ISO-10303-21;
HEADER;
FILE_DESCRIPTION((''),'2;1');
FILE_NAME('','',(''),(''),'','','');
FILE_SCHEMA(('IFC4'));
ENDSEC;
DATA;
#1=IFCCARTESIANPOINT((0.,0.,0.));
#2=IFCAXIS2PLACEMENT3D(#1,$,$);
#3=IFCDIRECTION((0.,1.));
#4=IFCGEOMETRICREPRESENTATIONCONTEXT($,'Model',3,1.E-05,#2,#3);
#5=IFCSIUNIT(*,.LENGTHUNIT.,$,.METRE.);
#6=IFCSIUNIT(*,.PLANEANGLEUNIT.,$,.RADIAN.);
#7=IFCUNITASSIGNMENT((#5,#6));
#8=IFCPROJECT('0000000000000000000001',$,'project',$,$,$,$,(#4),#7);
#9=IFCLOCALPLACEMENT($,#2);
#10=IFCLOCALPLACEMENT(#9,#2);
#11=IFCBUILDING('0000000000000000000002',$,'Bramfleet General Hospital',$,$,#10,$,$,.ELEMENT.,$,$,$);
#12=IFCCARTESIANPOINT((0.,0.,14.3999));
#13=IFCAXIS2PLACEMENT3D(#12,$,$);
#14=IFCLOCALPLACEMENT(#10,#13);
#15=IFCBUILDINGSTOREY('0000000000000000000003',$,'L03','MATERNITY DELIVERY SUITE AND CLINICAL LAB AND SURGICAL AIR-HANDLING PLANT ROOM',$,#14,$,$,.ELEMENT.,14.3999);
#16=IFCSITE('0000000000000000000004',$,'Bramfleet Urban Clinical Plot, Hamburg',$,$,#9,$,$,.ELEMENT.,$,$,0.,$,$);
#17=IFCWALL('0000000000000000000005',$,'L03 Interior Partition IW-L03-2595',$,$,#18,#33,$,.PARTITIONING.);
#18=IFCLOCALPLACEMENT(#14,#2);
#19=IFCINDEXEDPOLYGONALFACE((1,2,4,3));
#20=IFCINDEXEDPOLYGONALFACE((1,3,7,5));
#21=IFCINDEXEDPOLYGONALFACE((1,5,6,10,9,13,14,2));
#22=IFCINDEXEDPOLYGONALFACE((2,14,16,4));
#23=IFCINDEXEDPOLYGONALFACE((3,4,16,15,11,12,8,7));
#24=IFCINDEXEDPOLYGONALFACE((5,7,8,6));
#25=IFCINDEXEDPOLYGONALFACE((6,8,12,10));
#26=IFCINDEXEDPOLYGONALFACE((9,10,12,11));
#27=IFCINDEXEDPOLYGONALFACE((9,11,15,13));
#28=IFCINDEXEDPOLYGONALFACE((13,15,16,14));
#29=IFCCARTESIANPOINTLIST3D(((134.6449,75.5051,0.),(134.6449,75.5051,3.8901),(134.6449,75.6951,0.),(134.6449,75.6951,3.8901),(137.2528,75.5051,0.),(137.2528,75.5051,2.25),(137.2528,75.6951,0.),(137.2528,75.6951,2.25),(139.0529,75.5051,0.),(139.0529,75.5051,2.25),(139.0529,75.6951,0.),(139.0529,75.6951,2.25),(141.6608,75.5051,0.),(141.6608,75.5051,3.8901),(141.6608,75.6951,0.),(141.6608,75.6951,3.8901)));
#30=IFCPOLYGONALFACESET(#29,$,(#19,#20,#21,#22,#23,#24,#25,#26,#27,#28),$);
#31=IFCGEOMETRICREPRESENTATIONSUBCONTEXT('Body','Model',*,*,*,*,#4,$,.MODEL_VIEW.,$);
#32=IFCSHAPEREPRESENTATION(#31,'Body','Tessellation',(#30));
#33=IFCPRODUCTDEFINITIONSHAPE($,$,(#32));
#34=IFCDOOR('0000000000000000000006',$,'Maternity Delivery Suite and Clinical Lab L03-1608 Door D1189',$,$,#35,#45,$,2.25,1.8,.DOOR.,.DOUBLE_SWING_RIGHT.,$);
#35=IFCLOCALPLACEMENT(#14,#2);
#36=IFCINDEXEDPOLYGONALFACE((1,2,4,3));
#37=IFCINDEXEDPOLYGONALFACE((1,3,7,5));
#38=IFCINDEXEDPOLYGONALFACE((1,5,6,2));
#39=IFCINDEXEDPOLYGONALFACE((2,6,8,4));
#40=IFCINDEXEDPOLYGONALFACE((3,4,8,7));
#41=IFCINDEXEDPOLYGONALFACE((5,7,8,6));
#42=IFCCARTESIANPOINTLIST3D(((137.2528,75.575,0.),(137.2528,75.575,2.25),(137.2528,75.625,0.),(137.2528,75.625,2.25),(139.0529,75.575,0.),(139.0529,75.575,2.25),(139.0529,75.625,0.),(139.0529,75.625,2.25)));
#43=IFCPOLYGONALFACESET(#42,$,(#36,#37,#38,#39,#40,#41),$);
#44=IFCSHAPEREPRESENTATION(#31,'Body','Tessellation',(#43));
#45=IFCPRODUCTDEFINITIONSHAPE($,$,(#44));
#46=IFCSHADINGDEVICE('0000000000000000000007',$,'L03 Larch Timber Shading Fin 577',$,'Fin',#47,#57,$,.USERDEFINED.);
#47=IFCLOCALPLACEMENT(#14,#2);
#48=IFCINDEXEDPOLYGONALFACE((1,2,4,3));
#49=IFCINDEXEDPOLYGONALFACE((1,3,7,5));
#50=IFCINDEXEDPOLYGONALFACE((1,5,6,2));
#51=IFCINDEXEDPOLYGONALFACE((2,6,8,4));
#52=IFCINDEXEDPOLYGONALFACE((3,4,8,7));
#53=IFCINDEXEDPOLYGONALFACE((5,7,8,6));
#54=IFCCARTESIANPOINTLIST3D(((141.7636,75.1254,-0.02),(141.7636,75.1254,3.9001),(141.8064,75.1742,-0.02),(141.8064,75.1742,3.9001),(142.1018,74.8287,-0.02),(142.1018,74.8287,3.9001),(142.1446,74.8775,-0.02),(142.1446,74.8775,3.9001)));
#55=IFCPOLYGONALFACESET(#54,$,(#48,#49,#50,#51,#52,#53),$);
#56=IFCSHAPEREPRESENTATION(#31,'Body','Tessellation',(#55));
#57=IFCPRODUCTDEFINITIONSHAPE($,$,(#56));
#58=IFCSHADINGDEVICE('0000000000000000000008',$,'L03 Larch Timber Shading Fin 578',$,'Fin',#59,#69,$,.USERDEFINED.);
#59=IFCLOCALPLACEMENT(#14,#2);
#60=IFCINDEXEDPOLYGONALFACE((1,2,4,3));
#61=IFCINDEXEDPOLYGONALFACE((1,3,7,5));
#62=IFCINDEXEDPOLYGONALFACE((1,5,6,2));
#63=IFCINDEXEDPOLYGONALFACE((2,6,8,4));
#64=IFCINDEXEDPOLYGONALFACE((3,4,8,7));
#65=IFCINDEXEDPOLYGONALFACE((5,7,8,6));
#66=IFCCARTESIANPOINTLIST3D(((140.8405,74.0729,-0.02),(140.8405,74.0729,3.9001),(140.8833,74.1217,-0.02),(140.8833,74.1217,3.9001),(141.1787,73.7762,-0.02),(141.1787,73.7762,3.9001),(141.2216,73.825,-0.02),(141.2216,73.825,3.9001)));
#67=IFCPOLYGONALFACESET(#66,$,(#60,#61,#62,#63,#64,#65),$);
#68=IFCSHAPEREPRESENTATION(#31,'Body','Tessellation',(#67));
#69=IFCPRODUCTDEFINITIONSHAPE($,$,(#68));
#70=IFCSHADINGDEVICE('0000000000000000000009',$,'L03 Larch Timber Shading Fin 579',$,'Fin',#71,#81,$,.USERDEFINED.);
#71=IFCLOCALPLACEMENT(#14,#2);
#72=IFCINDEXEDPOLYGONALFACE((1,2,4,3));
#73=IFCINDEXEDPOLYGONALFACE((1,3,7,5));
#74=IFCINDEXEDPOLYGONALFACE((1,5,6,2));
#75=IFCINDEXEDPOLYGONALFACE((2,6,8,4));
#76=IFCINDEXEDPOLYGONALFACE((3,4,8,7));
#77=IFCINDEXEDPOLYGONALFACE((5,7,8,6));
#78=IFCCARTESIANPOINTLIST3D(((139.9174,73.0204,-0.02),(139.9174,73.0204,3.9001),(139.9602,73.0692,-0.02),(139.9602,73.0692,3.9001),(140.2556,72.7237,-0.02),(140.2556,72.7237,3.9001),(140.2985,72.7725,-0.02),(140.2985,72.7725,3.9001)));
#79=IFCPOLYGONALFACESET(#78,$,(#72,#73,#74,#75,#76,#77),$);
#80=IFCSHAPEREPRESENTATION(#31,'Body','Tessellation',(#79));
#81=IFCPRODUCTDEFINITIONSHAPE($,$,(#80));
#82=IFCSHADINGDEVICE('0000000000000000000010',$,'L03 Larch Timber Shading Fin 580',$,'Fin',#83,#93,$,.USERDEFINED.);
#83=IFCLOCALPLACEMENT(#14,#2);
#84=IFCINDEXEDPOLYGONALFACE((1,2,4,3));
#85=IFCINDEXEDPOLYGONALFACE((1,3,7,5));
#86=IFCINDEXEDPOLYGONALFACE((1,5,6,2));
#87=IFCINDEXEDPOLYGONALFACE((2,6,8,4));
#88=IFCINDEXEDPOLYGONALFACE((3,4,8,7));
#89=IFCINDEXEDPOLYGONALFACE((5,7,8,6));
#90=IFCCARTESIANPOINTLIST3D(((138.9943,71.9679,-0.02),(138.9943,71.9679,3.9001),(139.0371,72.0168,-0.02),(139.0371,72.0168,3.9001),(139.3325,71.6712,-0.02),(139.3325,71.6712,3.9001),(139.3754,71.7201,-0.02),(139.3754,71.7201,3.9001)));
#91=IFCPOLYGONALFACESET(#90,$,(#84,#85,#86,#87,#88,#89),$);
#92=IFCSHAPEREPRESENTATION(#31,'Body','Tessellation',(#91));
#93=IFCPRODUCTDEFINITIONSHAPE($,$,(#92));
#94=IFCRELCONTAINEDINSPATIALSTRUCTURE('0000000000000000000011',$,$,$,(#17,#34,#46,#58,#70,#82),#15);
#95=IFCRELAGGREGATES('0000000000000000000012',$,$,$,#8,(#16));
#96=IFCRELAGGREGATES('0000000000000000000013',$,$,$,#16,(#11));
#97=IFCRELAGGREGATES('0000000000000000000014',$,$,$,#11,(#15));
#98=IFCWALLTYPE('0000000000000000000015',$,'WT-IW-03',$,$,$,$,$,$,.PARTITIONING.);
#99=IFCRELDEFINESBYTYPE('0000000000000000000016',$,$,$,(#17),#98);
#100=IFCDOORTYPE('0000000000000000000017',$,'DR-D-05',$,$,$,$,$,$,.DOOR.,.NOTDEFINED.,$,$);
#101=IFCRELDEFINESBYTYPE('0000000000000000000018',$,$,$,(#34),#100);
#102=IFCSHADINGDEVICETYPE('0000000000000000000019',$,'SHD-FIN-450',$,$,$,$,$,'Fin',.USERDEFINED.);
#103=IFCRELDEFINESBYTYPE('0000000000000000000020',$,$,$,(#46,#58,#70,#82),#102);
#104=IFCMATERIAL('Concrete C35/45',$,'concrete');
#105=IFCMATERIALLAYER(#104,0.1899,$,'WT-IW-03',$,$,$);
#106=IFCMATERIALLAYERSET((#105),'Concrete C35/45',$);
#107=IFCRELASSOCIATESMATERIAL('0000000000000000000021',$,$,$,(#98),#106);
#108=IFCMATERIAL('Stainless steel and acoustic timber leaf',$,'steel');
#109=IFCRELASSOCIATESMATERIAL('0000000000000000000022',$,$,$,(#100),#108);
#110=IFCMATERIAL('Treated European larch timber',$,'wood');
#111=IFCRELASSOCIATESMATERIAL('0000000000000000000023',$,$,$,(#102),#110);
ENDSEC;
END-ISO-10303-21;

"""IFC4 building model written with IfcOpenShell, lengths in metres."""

from ifc_helpers import new_model, si_unit, direction, frame, frame_2d, origin, origin_2d, place, context, subcontext, project, spatial, rectangle, extrude, material, layer, layer_set, material_profile, profile_set, type_object, element, fill, save


model = new_model("IFC4")

# Units and contexts
model_context = context("Model", 3, precision=1e-05, world=origin(), true_north=direction((0.0, 1.0)))
body_context = subcontext(model_context, "Body", "Model", "MODEL_VIEW")
ifc_project = project(units=[si_unit("LENGTHUNIT", "METRE"), si_unit("PLANEANGLEUNIT", "RADIAN")], contexts=[model_context])

# Site, building, storey
site_placement = place(None, origin())
site = spatial("IfcSite", under=ifc_project, at=site_placement, Name="Bramfleet Urban Clinical Plot, Hamburg", CompositionType="ELEMENT", RefElevation=0.0)
building_placement = place(site_placement, origin())
building = spatial("IfcBuilding", under=site, at=building_placement, Name="Bramfleet General Hospital", CompositionType="ELEMENT")
storey_placement = place(building_placement, frame((0.0, 0.0, 14.3999)))
storey = spatial("IfcBuildingStorey", under=building, at=storey_placement, Name="L03", Description="MATERNITY DELIVERY SUITE AND CLINICAL LAB AND SURGICAL AIR-HANDLING PLANT ROOM", CompositionType="ELEMENT", Elevation=14.3999)

# Wall, opening, door
ifc_material_1 = material(Name="Concrete C35/45", Category="concrete")
ifc_layer_1 = layer(ifc_material_1, 0.1899, Name="WT-IW-03")
ifc_layer_set_1 = layer_set([ifc_layer_1], Name="Concrete C35/45")
wall_type = type_object("IfcWallType", Name="WT-IW-03", PredefinedType="PARTITIONING", material=ifc_layer_set_1)
wall_placement = place(storey_placement, frame((134.645, 75.6001, 0.0), z_axis=(0.0, 0.0, 1.0), x_axis=(1.0, 0.0, 0.0)))
wall = element("IfcWall", 1, at=wall_placement, inside=storey, type_object=wall_type, Name="L03 Interior Partition IW-L03-2595", PredefinedType="PARTITIONING", context=body_context, shape_type="SweptSolid", body=[
    extrude(rectangle(XDim=7.0159, YDim=0.1899, at=frame_2d((3.5078, 0.0))), origin(), (0.0, 0.0, 1.0), 3.8901),
])
opening_placement = place(wall_placement, frame((2.6079, 0.0, 0.0)))
opening = element("IfcOpeningElement", 2, at=opening_placement, cuts=wall, PredefinedType="OPENING", context=body_context, shape_type="SweptSolid", body=[
    extrude(rectangle(XDim=1.8, YDim=2.25, at=frame_2d((0.8999, 1.125))), frame((0.0, 0.105, 0.0), z_axis=(0.0, -1.0, 0.0), x_axis=(1.0, 0.0, 0.0)), (0.0, 0.0, 1.0), 0.21),
])
ifc_material_2 = material(Name="Stainless steel and acoustic timber leaf", Category="steel")
door_type = type_object("IfcDoorType", Name="DR-D-05", OperationType="NOTDEFINED", PredefinedType="DOOR", material=ifc_material_2)
door_placement = place(opening_placement, origin())
door = element("IfcDoor", 3, at=door_placement, inside=storey, type_object=door_type, Name="Maternity Delivery Suite and Clinical Lab L03-1608 Door D1189", OperationType="DOUBLE_SWING_RIGHT", OverallHeight=2.25, OverallWidth=1.8, PredefinedType="DOOR", context=body_context, shape_type="SweptSolid", body=[
    extrude(rectangle(XDim=1.8, YDim=2.25, at=frame_2d((0.8999, 1.125))), frame((0.0, 0.0249, 0.0), z_axis=(0.0, -1.0, 0.0), x_axis=(1.0, 0.0, 0.0)), (0.0, 0.0, 1.0), 0.05),
])
fill(opening, door)

# Shading devices
ifc_material_3 = material(Name="Treated European larch timber", Category="wood")
ifc_material_profile_1 = material_profile(ifc_material_3, rectangle(XDim=0.0649, YDim=0.45, at=origin_2d()), Name="LARCH FIN 450x65")
ifc_profile_set_1 = profile_set([ifc_material_profile_1], Name="Treated European larch timber")
shading_device_type = type_object("IfcShadingDeviceType", Name="SHD-FIN-450", ElementType="Fin", PredefinedType="USERDEFINED", material=ifc_profile_set_1)
for number, where, z_axis, x_axis, name in (
    (4, (141.9541, 75.0015, -0.02), (0.0, 0.0, 1.0), (-0.659406, -0.751787, 0.0), "L03 Larch Timber Shading Fin 577"),
    (5, (141.031, 73.949, -0.02), (0.0, 0.0, 1.0), (-0.659406, -0.751787, 0.0), "L03 Larch Timber Shading Fin 578"),
    (6, (140.1079, 72.8965, -0.02), (0.0, 0.0, 1.0), (-0.659406, -0.751787, 0.0), "L03 Larch Timber Shading Fin 579"),
    (7, (139.1848, 71.844, -0.02), (0.0, 0.0, 1.0), (-0.659406, -0.751787, 0.0), "L03 Larch Timber Shading Fin 580"),
):
    element("IfcShadingDevice", number, at=place(storey_placement, frame(where, z_axis=z_axis, x_axis=x_axis)), inside=storey, type_object=shading_device_type, Name=name, ObjectType="Fin", PredefinedType="USERDEFINED", context=body_context, shape_type="SweptSolid", body=[
        extrude(rectangle(XDim=0.0649, YDim=0.45, at=origin_2d()), origin(), (0.0, 0.0, 1.0), 3.9202),
    ])

save(model, "model.ifc")
